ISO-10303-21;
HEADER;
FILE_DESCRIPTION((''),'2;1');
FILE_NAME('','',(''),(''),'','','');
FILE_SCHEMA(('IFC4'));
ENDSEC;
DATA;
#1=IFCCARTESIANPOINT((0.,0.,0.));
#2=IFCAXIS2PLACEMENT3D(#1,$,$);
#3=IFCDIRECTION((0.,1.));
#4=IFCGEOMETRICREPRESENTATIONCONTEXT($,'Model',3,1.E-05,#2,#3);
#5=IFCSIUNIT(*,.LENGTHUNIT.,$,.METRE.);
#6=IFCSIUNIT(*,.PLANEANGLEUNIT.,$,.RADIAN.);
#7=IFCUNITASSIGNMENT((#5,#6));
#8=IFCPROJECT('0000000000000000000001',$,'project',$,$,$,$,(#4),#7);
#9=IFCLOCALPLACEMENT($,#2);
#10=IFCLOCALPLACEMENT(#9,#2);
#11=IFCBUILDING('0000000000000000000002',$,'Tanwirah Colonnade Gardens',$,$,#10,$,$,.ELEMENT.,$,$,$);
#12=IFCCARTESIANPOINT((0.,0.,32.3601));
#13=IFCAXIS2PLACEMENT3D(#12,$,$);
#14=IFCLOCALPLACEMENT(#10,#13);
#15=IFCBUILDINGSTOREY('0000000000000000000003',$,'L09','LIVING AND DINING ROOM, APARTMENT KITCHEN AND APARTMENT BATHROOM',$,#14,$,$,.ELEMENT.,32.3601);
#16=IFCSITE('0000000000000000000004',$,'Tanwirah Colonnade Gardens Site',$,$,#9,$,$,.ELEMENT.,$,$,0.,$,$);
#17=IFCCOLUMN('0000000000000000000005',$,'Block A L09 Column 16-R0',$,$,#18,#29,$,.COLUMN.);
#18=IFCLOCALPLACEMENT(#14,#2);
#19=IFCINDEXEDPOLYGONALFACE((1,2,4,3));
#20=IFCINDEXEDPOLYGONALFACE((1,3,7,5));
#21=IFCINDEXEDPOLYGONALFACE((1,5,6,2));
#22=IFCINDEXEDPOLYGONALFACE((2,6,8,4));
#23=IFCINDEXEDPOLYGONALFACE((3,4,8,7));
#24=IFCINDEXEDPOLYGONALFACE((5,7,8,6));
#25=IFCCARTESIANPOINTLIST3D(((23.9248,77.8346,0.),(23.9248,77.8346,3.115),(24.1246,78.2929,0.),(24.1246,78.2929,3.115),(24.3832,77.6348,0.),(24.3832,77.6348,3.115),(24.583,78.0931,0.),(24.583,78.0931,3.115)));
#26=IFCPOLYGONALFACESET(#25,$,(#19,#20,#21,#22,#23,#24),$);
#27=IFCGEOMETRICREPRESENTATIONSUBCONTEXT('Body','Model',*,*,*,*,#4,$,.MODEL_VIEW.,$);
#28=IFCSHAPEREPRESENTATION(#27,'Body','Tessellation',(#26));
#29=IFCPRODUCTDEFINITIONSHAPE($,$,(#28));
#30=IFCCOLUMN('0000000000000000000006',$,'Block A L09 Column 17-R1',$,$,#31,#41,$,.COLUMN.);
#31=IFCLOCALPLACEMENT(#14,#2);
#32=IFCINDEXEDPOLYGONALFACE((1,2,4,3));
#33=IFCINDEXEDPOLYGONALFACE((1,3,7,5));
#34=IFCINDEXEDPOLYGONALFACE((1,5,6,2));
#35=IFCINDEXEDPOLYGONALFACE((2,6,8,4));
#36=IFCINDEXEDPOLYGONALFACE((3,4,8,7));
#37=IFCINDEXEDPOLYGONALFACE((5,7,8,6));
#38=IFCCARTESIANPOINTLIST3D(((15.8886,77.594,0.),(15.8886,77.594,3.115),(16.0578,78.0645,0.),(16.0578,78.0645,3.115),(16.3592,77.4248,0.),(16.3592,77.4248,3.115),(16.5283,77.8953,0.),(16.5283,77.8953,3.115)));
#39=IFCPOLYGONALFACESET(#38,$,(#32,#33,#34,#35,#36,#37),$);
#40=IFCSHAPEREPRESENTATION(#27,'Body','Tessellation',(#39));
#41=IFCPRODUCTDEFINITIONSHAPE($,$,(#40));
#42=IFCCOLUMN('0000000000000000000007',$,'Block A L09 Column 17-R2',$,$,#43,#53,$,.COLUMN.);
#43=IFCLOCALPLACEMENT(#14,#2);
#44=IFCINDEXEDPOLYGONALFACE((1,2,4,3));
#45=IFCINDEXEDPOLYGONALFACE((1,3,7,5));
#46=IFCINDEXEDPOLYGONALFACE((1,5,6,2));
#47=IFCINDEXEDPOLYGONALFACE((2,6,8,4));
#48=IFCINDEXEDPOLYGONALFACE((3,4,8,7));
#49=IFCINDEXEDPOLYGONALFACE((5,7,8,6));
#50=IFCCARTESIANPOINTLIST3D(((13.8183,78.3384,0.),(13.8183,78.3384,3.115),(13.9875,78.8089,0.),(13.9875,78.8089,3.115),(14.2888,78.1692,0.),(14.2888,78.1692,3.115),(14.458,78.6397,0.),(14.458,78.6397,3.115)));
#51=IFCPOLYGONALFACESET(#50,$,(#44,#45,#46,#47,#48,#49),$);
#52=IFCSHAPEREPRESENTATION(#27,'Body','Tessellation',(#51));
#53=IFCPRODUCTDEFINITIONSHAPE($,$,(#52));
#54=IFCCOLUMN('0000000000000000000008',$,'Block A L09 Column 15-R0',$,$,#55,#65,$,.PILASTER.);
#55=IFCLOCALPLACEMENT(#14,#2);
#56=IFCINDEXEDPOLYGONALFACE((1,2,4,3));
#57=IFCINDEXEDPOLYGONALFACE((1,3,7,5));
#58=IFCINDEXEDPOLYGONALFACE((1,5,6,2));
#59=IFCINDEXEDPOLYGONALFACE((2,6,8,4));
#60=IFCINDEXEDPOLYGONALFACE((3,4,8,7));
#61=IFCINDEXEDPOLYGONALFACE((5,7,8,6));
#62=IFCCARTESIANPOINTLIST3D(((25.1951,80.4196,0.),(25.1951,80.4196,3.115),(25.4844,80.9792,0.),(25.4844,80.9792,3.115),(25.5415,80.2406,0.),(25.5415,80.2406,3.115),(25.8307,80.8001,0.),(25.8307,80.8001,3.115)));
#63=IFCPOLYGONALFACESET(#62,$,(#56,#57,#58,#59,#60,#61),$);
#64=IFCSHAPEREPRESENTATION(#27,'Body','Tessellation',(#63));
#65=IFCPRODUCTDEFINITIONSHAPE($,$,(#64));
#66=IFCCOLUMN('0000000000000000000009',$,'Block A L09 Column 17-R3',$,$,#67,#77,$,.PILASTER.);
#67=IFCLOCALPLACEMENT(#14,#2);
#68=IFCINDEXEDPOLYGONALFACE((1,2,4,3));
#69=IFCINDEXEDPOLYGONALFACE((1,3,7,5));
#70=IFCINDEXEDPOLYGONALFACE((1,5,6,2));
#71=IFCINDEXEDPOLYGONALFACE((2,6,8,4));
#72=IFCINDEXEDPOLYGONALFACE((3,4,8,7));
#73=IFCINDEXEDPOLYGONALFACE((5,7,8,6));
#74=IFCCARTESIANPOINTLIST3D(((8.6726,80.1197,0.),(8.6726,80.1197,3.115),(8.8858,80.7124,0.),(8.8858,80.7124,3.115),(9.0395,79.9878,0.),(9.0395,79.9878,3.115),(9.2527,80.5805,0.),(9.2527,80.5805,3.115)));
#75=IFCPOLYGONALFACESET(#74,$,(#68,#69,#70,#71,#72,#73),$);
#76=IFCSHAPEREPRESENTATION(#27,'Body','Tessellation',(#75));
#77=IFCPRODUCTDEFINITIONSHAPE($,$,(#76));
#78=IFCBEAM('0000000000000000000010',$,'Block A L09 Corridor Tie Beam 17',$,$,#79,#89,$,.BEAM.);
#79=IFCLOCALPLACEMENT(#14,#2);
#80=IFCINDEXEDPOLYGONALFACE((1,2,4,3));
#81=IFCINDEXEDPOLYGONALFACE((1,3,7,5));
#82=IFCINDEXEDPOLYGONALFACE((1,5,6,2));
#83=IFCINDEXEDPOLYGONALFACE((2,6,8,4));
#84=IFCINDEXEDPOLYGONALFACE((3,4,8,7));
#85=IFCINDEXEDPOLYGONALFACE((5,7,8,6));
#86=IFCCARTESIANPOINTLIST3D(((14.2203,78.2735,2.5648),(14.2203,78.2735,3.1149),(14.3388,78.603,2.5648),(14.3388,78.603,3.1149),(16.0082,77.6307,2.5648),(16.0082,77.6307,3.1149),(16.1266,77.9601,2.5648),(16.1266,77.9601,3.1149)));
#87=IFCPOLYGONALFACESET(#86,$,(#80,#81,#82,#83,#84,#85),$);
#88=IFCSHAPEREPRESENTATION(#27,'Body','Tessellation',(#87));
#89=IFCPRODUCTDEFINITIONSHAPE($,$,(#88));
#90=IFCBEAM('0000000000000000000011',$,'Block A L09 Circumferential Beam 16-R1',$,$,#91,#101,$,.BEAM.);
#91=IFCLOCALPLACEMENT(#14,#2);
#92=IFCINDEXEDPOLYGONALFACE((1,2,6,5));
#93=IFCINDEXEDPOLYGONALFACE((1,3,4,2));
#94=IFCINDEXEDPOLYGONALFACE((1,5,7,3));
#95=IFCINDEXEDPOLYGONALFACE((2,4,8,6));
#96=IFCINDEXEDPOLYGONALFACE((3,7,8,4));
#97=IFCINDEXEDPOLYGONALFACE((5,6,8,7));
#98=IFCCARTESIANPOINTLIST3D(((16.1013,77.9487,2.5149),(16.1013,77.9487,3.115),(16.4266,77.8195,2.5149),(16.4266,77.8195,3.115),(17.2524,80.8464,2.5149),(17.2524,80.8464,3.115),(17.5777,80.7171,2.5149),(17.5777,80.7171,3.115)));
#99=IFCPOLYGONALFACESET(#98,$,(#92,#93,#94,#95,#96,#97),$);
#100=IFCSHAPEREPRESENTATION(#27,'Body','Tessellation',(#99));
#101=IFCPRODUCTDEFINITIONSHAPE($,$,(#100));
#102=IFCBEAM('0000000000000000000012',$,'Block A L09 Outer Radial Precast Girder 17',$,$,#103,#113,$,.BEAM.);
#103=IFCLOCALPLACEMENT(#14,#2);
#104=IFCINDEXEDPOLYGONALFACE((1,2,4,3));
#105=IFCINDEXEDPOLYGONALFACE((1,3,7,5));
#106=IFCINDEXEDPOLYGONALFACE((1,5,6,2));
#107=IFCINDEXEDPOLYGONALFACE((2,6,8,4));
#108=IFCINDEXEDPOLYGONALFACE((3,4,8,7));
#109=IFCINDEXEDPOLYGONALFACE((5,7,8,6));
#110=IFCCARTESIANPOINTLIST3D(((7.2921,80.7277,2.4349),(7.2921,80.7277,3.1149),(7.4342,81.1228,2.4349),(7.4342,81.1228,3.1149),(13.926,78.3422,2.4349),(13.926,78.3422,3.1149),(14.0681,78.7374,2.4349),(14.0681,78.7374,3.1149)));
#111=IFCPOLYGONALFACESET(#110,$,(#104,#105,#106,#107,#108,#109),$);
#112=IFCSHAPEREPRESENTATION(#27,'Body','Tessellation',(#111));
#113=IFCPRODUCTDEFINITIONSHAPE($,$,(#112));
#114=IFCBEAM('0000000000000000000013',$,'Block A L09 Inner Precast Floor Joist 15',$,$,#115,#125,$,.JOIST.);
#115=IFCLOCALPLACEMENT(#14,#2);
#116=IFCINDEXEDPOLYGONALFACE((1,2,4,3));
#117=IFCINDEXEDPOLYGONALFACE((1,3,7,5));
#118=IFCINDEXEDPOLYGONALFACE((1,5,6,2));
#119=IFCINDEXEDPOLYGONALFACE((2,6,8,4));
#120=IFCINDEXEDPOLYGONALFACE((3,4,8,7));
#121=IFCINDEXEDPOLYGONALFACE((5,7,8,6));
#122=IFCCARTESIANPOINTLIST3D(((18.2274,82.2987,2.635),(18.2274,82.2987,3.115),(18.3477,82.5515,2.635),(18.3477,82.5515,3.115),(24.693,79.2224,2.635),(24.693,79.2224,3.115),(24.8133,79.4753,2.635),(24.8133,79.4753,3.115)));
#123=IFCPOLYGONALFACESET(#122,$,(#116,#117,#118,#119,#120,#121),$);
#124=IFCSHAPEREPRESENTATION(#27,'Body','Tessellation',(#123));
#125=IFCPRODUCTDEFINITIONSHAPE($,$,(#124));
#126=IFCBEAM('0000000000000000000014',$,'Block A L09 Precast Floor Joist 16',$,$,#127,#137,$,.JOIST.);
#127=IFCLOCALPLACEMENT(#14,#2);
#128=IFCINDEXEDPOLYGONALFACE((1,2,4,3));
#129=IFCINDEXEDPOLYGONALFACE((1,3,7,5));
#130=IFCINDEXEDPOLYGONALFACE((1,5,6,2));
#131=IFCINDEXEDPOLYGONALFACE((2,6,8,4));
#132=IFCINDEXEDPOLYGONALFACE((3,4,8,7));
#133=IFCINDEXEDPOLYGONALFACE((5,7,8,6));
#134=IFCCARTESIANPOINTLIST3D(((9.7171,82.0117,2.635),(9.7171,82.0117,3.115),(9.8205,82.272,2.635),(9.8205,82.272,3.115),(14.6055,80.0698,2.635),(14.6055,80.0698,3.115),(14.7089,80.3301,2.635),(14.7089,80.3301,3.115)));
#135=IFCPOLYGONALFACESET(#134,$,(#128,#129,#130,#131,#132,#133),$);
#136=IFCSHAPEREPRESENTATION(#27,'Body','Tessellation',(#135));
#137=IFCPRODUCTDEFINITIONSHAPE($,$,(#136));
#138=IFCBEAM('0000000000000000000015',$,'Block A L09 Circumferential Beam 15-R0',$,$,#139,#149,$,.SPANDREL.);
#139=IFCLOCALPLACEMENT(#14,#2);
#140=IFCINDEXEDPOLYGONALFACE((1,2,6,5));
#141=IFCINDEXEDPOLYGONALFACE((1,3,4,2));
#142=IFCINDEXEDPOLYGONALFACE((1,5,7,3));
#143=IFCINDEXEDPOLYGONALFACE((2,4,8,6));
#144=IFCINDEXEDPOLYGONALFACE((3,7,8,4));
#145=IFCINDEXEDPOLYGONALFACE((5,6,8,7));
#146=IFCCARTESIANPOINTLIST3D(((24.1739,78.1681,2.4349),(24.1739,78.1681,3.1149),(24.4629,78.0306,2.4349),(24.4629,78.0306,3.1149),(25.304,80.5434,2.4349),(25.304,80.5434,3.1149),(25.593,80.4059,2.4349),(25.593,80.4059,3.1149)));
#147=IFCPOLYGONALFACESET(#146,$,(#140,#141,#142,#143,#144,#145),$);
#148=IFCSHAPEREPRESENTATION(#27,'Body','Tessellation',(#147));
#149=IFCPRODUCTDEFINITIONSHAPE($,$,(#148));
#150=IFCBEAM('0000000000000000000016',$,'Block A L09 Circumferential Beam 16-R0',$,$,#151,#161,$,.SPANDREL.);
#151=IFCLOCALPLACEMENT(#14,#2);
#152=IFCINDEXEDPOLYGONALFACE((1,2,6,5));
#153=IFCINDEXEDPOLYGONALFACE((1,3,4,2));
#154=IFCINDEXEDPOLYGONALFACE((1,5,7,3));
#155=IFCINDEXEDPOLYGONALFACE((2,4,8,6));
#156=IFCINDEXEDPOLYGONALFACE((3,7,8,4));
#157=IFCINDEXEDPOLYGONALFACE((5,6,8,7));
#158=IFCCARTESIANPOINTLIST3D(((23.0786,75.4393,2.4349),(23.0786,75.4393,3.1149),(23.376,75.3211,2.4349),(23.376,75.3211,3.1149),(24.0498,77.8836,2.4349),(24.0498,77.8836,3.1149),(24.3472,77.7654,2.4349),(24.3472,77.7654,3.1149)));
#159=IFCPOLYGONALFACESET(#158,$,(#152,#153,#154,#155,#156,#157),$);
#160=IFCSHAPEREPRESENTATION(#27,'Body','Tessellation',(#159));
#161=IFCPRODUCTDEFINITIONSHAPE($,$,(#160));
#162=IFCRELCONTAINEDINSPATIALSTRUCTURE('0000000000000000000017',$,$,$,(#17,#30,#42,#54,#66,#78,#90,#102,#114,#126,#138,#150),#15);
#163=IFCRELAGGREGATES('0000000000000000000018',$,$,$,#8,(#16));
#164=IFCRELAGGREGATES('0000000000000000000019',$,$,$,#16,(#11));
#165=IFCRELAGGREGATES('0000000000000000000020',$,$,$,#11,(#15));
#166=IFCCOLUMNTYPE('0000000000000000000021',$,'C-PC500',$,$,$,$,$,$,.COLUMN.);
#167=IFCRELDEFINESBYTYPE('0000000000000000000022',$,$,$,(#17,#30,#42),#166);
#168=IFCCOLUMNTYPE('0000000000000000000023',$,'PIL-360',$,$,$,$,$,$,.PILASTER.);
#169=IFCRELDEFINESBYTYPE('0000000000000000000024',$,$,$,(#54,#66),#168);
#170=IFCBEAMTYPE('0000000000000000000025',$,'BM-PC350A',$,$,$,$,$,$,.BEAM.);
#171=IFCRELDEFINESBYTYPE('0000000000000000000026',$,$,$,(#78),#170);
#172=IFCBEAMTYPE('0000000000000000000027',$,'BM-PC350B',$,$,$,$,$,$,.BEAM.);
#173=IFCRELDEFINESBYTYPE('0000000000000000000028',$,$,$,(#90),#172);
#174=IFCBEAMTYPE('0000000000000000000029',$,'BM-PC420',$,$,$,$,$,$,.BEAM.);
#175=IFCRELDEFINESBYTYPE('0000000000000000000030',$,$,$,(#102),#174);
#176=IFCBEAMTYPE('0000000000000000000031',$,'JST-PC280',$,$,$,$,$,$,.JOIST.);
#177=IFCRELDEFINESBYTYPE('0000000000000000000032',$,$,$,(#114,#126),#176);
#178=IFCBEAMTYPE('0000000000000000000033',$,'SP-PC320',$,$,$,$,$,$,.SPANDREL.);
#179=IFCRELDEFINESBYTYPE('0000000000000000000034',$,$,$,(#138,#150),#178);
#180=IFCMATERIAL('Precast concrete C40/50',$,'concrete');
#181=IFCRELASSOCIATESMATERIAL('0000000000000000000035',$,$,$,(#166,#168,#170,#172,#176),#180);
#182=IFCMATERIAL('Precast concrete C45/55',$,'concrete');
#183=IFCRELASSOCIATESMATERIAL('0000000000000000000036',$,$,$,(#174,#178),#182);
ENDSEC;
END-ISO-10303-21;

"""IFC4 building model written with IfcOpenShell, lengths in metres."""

from ifc_helpers import new_model, si_unit, direction, frame, origin, origin_2d, place, context, subcontext, project, spatial, rectangle, extrude, material, material_profile, profile_set, type_object, element, save


model = new_model("IFC4")

# Units and contexts
model_context = context("Model", 3, precision=1e-05, world=origin(), true_north=direction((0.0, 1.0)))
body_context = subcontext(model_context, "Body", "Model", "MODEL_VIEW")
ifc_project = project(units=[si_unit("LENGTHUNIT", "METRE"), si_unit("PLANEANGLEUNIT", "RADIAN")], contexts=[model_context])

# Site, building, storey
site_placement = place(None, origin())
site = spatial("IfcSite", under=ifc_project, at=site_placement, Name="Tanwirah Colonnade Gardens Site", CompositionType="ELEMENT", RefElevation=0.0)
building_placement = place(site_placement, origin())
building = spatial("IfcBuilding", under=site, at=building_placement, Name="Tanwirah Colonnade Gardens", CompositionType="ELEMENT")
storey_placement = place(building_placement, frame((0.0, 0.0, 32.3601)))
storey = spatial("IfcBuildingStorey", under=building, at=storey_placement, Name="L09", Description="LIVING AND DINING ROOM, APARTMENT KITCHEN AND APARTMENT BATHROOM", CompositionType="ELEMENT", Elevation=32.3601)

# Columns
ifc_material_1 = material(Name="Precast concrete C40/50", Category="concrete")
ifc_material_profile_1 = material_profile(ifc_material_1, rectangle(XDim=0.5, YDim=0.5, at=origin_2d()), Name="PC-COL 500x500")
ifc_profile_set_1 = profile_set([ifc_material_profile_1], Name="Precast concrete C40/50")
column_type_1 = type_object("IfcColumnType", Name="C-PC500", PredefinedType="COLUMN", material=ifc_profile_set_1)
for number, where, z_axis, x_axis, name in (
    (1, (24.2539, 77.9639, 0.0), (0.0, 0.0, 1.0), (-0.916673, 0.399638, 0.0), "Block A L09 Column 16-R0"),
    (2, (16.2085, 77.7446, 0.0), (0.0, 0.0, 1.0), (-0.941012, 0.338373, 0.0), "Block A L09 Column 17-R1"),
    (3, (14.1382, 78.489, 0.0), (0.0, 0.0, 1.0), (-0.941012, 0.338373, 0.0), "Block A L09 Column 17-R2"),
):
    element("IfcColumn", number, at=place(storey_placement, frame(where, z_axis=z_axis, x_axis=x_axis)), inside=storey, type_object=column_type_1, Name=name, PredefinedType="COLUMN", context=body_context, shape_type="SweptSolid", body=[
        extrude(rectangle(XDim=0.5, YDim=0.5, at=origin_2d()), origin(), (0.0, 0.0, 1.0), 3.115),
    ])
ifc_material_profile_2 = material_profile(ifc_material_1, rectangle(XDim=0.3899, YDim=0.6299, at=origin_2d()), Name="PC-PIL 390x630")
ifc_profile_set_2 = profile_set([ifc_material_profile_2], Name="Precast concrete C40/50")
column_type_2 = type_object("IfcColumnType", Name="PIL-360", PredefinedType="PILASTER", material=ifc_profile_set_2)
for number, where, z_axis, x_axis, name in (
    (4, (25.5129, 80.6099, 0.0), (0.0, 0.0, 1.0), (-0.88835, 0.459166, 0.0), "Block A L09 Column 15-R0"),
    (5, (8.9626, 80.3501, 0.0), (0.0, 0.0, 1.0), (-0.941012, 0.338373, 0.0), "Block A L09 Column 17-R3"),
):
    element("IfcColumn", number, at=place(storey_placement, frame(where, z_axis=z_axis, x_axis=x_axis)), inside=storey, type_object=column_type_2, Name=name, PredefinedType="PILASTER", context=body_context, shape_type="SweptSolid", body=[
        extrude(rectangle(XDim=0.3899, YDim=0.6299, at=origin_2d()), origin(), (0.0, 0.0, 1.0), 3.115),
    ])

# Beams
ifc_material_profile_3 = material_profile(ifc_material_1, rectangle(XDim=0.3501, YDim=0.55, at=origin_2d()), Name="PC-BM 350x550")
ifc_profile_set_3 = profile_set([ifc_material_profile_3], Name="Precast concrete C40/50")
beam_type_1 = type_object("IfcBeamType", Name="BM-PC350A", PredefinedType="BEAM", material=ifc_profile_set_3)
beam_1_placement = place(storey_placement, frame((16.0674, 77.7954, 2.8398), z_axis=(-0.941022, 0.338346, 0.0), x_axis=(-0.338346, -0.941022, 0.0)))
element("IfcBeam", 6, at=beam_1_placement, inside=storey, type_object=beam_type_1, Name="Block A L09 Corridor Tie Beam 17", PredefinedType="BEAM", context=body_context, shape_type="SweptSolid", body=[
    extrude(rectangle(XDim=0.3501, YDim=0.55, at=origin_2d()), origin(), (0.0, 0.0, 1.0), 1.8999),
])
ifc_material_profile_4 = material_profile(ifc_material_1, rectangle(XDim=0.3501, YDim=0.6001, at=origin_2d()), Name="PC-BM 350x600")
ifc_profile_set_4 = profile_set([ifc_material_profile_4], Name="Precast concrete C40/50")
beam_type_2 = type_object("IfcBeamType", Name="BM-PC350B", PredefinedType="BEAM", material=ifc_profile_set_4)
beam_2_placement = place(storey_placement, frame((17.415, 80.7817, 2.8149), z_axis=(-0.369189, -0.929354, 0.0), x_axis=(0.929354, -0.369189, 0.0)))
element("IfcBeam", 7, at=beam_2_placement, inside=storey, type_object=beam_type_2, Name="Block A L09 Circumferential Beam 16-R1", PredefinedType="BEAM", context=body_context, shape_type="SweptSolid", body=[
    extrude(rectangle(XDim=0.3501, YDim=0.6001, at=origin_2d()), origin(), (0.0, 0.0, 1.0), 3.1179),
])
ifc_material_2 = material(Name="Precast concrete C45/55", Category="concrete")
ifc_material_profile_5 = material_profile(ifc_material_2, rectangle(XDim=0.4199, YDim=0.6799, at=origin_2d()), Name="PC-BM 420x680")
ifc_profile_set_5 = profile_set([ifc_material_profile_5], Name="Precast concrete C45/55")
beam_type_3 = type_object("IfcBeamType", Name="BM-PC420", PredefinedType="BEAM", material=ifc_profile_set_5)
beam_3_placement = place(storey_placement, frame((13.9971, 78.5398, 2.7749), z_axis=(-0.941012, 0.338374, 0.0), x_axis=(-0.338374, -0.941012, 0.0)))
element("IfcBeam", 8, at=beam_3_placement, inside=storey, type_object=beam_type_3, Name="Block A L09 Outer Radial Precast Girder 17", PredefinedType="BEAM", context=body_context, shape_type="SweptSolid", body=[
    extrude(rectangle(XDim=0.4199, YDim=0.6799, at=origin_2d()), origin(), (0.0, 0.0, 1.0), 7.0498),
])
ifc_material_profile_6 = material_profile(ifc_material_1, rectangle(XDim=0.28, YDim=0.48, at=origin_2d()), Name="PC-JST 280x480")
ifc_profile_set_6 = profile_set([ifc_material_profile_6], Name="Precast concrete C40/50")
beam_type_4 = type_object("IfcBeamType", Name="JST-PC280", PredefinedType="JOIST", material=ifc_profile_set_6)
beam_4_placement = place(storey_placement, frame((24.7532, 79.3489, 2.875), z_axis=(-0.903005, 0.429629, 0.0), x_axis=(-0.429629, -0.903005, 0.0)))
element("IfcBeam", 9, at=beam_4_placement, inside=storey, type_object=beam_type_4, Name="Block A L09 Inner Precast Floor Joist 15", PredefinedType="JOIST", context=body_context, shape_type="SweptSolid", body=[
    extrude(rectangle(XDim=0.28, YDim=0.48, at=origin_2d()), origin(), (0.0, 0.0, 1.0), 7.1602),
])
beam_5_placement = place(storey_placement, frame((14.6572, 80.2, 2.875), z_axis=(-0.929358, 0.369181, 0.0), x_axis=(-0.369181, -0.929358, 0.0)))
element("IfcBeam", 10, at=beam_5_placement, inside=storey, type_object=beam_type_4, Name="Block A L09 Precast Floor Joist 16", PredefinedType="JOIST", context=body_context, shape_type="SweptSolid", body=[
    extrude(rectangle(XDim=0.28, YDim=0.48, at=origin_2d()), origin(), (0.0, 0.0, 1.0), 5.26),
])
ifc_material_profile_7 = material_profile(ifc_material_2, rectangle(XDim=0.3201, YDim=0.6799, at=origin_2d()), Name="PC-SP 320x680")
ifc_profile_set_7 = profile_set([ifc_material_profile_7], Name="Precast concrete C45/55")
beam_type_5 = type_object("IfcBeamType", Name="SP-PC320", PredefinedType="SPANDREL", material=ifc_profile_set_7)
beam_6_placement = place(storey_placement, frame((25.4485, 80.4746, 2.7749), z_axis=(-0.429642, -0.902999, 0.0), x_axis=(0.902999, -0.429642, 0.0)))
element("IfcBeam", 11, at=beam_6_placement, inside=storey, type_object=beam_type_5, Name="Block A L09 Circumferential Beam 15-R0", PredefinedType="SPANDREL", context=body_context, shape_type="SweptSolid", body=[
    extrude(rectangle(XDim=0.3201, YDim=0.6799, at=origin_2d()), origin(), (0.0, 0.0, 1.0), 2.6304),
])
beam_7_placement = place(storey_placement, frame((24.1985, 77.8245, 2.7749), z_axis=(-0.369245, -0.929332, 0.0), x_axis=(0.929332, -0.369245, 0.0)))
element("IfcBeam", 12, at=beam_7_placement, inside=storey, type_object=beam_type_5, Name="Block A L09 Circumferential Beam 16-R0", PredefinedType="SPANDREL", context=body_context, shape_type="SweptSolid", body=[
    extrude(rectangle(XDim=0.3201, YDim=0.6799, at=origin_2d()), origin(), (0.0, 0.0, 1.0), 2.6301),
])

save(model, "model.ifc")
